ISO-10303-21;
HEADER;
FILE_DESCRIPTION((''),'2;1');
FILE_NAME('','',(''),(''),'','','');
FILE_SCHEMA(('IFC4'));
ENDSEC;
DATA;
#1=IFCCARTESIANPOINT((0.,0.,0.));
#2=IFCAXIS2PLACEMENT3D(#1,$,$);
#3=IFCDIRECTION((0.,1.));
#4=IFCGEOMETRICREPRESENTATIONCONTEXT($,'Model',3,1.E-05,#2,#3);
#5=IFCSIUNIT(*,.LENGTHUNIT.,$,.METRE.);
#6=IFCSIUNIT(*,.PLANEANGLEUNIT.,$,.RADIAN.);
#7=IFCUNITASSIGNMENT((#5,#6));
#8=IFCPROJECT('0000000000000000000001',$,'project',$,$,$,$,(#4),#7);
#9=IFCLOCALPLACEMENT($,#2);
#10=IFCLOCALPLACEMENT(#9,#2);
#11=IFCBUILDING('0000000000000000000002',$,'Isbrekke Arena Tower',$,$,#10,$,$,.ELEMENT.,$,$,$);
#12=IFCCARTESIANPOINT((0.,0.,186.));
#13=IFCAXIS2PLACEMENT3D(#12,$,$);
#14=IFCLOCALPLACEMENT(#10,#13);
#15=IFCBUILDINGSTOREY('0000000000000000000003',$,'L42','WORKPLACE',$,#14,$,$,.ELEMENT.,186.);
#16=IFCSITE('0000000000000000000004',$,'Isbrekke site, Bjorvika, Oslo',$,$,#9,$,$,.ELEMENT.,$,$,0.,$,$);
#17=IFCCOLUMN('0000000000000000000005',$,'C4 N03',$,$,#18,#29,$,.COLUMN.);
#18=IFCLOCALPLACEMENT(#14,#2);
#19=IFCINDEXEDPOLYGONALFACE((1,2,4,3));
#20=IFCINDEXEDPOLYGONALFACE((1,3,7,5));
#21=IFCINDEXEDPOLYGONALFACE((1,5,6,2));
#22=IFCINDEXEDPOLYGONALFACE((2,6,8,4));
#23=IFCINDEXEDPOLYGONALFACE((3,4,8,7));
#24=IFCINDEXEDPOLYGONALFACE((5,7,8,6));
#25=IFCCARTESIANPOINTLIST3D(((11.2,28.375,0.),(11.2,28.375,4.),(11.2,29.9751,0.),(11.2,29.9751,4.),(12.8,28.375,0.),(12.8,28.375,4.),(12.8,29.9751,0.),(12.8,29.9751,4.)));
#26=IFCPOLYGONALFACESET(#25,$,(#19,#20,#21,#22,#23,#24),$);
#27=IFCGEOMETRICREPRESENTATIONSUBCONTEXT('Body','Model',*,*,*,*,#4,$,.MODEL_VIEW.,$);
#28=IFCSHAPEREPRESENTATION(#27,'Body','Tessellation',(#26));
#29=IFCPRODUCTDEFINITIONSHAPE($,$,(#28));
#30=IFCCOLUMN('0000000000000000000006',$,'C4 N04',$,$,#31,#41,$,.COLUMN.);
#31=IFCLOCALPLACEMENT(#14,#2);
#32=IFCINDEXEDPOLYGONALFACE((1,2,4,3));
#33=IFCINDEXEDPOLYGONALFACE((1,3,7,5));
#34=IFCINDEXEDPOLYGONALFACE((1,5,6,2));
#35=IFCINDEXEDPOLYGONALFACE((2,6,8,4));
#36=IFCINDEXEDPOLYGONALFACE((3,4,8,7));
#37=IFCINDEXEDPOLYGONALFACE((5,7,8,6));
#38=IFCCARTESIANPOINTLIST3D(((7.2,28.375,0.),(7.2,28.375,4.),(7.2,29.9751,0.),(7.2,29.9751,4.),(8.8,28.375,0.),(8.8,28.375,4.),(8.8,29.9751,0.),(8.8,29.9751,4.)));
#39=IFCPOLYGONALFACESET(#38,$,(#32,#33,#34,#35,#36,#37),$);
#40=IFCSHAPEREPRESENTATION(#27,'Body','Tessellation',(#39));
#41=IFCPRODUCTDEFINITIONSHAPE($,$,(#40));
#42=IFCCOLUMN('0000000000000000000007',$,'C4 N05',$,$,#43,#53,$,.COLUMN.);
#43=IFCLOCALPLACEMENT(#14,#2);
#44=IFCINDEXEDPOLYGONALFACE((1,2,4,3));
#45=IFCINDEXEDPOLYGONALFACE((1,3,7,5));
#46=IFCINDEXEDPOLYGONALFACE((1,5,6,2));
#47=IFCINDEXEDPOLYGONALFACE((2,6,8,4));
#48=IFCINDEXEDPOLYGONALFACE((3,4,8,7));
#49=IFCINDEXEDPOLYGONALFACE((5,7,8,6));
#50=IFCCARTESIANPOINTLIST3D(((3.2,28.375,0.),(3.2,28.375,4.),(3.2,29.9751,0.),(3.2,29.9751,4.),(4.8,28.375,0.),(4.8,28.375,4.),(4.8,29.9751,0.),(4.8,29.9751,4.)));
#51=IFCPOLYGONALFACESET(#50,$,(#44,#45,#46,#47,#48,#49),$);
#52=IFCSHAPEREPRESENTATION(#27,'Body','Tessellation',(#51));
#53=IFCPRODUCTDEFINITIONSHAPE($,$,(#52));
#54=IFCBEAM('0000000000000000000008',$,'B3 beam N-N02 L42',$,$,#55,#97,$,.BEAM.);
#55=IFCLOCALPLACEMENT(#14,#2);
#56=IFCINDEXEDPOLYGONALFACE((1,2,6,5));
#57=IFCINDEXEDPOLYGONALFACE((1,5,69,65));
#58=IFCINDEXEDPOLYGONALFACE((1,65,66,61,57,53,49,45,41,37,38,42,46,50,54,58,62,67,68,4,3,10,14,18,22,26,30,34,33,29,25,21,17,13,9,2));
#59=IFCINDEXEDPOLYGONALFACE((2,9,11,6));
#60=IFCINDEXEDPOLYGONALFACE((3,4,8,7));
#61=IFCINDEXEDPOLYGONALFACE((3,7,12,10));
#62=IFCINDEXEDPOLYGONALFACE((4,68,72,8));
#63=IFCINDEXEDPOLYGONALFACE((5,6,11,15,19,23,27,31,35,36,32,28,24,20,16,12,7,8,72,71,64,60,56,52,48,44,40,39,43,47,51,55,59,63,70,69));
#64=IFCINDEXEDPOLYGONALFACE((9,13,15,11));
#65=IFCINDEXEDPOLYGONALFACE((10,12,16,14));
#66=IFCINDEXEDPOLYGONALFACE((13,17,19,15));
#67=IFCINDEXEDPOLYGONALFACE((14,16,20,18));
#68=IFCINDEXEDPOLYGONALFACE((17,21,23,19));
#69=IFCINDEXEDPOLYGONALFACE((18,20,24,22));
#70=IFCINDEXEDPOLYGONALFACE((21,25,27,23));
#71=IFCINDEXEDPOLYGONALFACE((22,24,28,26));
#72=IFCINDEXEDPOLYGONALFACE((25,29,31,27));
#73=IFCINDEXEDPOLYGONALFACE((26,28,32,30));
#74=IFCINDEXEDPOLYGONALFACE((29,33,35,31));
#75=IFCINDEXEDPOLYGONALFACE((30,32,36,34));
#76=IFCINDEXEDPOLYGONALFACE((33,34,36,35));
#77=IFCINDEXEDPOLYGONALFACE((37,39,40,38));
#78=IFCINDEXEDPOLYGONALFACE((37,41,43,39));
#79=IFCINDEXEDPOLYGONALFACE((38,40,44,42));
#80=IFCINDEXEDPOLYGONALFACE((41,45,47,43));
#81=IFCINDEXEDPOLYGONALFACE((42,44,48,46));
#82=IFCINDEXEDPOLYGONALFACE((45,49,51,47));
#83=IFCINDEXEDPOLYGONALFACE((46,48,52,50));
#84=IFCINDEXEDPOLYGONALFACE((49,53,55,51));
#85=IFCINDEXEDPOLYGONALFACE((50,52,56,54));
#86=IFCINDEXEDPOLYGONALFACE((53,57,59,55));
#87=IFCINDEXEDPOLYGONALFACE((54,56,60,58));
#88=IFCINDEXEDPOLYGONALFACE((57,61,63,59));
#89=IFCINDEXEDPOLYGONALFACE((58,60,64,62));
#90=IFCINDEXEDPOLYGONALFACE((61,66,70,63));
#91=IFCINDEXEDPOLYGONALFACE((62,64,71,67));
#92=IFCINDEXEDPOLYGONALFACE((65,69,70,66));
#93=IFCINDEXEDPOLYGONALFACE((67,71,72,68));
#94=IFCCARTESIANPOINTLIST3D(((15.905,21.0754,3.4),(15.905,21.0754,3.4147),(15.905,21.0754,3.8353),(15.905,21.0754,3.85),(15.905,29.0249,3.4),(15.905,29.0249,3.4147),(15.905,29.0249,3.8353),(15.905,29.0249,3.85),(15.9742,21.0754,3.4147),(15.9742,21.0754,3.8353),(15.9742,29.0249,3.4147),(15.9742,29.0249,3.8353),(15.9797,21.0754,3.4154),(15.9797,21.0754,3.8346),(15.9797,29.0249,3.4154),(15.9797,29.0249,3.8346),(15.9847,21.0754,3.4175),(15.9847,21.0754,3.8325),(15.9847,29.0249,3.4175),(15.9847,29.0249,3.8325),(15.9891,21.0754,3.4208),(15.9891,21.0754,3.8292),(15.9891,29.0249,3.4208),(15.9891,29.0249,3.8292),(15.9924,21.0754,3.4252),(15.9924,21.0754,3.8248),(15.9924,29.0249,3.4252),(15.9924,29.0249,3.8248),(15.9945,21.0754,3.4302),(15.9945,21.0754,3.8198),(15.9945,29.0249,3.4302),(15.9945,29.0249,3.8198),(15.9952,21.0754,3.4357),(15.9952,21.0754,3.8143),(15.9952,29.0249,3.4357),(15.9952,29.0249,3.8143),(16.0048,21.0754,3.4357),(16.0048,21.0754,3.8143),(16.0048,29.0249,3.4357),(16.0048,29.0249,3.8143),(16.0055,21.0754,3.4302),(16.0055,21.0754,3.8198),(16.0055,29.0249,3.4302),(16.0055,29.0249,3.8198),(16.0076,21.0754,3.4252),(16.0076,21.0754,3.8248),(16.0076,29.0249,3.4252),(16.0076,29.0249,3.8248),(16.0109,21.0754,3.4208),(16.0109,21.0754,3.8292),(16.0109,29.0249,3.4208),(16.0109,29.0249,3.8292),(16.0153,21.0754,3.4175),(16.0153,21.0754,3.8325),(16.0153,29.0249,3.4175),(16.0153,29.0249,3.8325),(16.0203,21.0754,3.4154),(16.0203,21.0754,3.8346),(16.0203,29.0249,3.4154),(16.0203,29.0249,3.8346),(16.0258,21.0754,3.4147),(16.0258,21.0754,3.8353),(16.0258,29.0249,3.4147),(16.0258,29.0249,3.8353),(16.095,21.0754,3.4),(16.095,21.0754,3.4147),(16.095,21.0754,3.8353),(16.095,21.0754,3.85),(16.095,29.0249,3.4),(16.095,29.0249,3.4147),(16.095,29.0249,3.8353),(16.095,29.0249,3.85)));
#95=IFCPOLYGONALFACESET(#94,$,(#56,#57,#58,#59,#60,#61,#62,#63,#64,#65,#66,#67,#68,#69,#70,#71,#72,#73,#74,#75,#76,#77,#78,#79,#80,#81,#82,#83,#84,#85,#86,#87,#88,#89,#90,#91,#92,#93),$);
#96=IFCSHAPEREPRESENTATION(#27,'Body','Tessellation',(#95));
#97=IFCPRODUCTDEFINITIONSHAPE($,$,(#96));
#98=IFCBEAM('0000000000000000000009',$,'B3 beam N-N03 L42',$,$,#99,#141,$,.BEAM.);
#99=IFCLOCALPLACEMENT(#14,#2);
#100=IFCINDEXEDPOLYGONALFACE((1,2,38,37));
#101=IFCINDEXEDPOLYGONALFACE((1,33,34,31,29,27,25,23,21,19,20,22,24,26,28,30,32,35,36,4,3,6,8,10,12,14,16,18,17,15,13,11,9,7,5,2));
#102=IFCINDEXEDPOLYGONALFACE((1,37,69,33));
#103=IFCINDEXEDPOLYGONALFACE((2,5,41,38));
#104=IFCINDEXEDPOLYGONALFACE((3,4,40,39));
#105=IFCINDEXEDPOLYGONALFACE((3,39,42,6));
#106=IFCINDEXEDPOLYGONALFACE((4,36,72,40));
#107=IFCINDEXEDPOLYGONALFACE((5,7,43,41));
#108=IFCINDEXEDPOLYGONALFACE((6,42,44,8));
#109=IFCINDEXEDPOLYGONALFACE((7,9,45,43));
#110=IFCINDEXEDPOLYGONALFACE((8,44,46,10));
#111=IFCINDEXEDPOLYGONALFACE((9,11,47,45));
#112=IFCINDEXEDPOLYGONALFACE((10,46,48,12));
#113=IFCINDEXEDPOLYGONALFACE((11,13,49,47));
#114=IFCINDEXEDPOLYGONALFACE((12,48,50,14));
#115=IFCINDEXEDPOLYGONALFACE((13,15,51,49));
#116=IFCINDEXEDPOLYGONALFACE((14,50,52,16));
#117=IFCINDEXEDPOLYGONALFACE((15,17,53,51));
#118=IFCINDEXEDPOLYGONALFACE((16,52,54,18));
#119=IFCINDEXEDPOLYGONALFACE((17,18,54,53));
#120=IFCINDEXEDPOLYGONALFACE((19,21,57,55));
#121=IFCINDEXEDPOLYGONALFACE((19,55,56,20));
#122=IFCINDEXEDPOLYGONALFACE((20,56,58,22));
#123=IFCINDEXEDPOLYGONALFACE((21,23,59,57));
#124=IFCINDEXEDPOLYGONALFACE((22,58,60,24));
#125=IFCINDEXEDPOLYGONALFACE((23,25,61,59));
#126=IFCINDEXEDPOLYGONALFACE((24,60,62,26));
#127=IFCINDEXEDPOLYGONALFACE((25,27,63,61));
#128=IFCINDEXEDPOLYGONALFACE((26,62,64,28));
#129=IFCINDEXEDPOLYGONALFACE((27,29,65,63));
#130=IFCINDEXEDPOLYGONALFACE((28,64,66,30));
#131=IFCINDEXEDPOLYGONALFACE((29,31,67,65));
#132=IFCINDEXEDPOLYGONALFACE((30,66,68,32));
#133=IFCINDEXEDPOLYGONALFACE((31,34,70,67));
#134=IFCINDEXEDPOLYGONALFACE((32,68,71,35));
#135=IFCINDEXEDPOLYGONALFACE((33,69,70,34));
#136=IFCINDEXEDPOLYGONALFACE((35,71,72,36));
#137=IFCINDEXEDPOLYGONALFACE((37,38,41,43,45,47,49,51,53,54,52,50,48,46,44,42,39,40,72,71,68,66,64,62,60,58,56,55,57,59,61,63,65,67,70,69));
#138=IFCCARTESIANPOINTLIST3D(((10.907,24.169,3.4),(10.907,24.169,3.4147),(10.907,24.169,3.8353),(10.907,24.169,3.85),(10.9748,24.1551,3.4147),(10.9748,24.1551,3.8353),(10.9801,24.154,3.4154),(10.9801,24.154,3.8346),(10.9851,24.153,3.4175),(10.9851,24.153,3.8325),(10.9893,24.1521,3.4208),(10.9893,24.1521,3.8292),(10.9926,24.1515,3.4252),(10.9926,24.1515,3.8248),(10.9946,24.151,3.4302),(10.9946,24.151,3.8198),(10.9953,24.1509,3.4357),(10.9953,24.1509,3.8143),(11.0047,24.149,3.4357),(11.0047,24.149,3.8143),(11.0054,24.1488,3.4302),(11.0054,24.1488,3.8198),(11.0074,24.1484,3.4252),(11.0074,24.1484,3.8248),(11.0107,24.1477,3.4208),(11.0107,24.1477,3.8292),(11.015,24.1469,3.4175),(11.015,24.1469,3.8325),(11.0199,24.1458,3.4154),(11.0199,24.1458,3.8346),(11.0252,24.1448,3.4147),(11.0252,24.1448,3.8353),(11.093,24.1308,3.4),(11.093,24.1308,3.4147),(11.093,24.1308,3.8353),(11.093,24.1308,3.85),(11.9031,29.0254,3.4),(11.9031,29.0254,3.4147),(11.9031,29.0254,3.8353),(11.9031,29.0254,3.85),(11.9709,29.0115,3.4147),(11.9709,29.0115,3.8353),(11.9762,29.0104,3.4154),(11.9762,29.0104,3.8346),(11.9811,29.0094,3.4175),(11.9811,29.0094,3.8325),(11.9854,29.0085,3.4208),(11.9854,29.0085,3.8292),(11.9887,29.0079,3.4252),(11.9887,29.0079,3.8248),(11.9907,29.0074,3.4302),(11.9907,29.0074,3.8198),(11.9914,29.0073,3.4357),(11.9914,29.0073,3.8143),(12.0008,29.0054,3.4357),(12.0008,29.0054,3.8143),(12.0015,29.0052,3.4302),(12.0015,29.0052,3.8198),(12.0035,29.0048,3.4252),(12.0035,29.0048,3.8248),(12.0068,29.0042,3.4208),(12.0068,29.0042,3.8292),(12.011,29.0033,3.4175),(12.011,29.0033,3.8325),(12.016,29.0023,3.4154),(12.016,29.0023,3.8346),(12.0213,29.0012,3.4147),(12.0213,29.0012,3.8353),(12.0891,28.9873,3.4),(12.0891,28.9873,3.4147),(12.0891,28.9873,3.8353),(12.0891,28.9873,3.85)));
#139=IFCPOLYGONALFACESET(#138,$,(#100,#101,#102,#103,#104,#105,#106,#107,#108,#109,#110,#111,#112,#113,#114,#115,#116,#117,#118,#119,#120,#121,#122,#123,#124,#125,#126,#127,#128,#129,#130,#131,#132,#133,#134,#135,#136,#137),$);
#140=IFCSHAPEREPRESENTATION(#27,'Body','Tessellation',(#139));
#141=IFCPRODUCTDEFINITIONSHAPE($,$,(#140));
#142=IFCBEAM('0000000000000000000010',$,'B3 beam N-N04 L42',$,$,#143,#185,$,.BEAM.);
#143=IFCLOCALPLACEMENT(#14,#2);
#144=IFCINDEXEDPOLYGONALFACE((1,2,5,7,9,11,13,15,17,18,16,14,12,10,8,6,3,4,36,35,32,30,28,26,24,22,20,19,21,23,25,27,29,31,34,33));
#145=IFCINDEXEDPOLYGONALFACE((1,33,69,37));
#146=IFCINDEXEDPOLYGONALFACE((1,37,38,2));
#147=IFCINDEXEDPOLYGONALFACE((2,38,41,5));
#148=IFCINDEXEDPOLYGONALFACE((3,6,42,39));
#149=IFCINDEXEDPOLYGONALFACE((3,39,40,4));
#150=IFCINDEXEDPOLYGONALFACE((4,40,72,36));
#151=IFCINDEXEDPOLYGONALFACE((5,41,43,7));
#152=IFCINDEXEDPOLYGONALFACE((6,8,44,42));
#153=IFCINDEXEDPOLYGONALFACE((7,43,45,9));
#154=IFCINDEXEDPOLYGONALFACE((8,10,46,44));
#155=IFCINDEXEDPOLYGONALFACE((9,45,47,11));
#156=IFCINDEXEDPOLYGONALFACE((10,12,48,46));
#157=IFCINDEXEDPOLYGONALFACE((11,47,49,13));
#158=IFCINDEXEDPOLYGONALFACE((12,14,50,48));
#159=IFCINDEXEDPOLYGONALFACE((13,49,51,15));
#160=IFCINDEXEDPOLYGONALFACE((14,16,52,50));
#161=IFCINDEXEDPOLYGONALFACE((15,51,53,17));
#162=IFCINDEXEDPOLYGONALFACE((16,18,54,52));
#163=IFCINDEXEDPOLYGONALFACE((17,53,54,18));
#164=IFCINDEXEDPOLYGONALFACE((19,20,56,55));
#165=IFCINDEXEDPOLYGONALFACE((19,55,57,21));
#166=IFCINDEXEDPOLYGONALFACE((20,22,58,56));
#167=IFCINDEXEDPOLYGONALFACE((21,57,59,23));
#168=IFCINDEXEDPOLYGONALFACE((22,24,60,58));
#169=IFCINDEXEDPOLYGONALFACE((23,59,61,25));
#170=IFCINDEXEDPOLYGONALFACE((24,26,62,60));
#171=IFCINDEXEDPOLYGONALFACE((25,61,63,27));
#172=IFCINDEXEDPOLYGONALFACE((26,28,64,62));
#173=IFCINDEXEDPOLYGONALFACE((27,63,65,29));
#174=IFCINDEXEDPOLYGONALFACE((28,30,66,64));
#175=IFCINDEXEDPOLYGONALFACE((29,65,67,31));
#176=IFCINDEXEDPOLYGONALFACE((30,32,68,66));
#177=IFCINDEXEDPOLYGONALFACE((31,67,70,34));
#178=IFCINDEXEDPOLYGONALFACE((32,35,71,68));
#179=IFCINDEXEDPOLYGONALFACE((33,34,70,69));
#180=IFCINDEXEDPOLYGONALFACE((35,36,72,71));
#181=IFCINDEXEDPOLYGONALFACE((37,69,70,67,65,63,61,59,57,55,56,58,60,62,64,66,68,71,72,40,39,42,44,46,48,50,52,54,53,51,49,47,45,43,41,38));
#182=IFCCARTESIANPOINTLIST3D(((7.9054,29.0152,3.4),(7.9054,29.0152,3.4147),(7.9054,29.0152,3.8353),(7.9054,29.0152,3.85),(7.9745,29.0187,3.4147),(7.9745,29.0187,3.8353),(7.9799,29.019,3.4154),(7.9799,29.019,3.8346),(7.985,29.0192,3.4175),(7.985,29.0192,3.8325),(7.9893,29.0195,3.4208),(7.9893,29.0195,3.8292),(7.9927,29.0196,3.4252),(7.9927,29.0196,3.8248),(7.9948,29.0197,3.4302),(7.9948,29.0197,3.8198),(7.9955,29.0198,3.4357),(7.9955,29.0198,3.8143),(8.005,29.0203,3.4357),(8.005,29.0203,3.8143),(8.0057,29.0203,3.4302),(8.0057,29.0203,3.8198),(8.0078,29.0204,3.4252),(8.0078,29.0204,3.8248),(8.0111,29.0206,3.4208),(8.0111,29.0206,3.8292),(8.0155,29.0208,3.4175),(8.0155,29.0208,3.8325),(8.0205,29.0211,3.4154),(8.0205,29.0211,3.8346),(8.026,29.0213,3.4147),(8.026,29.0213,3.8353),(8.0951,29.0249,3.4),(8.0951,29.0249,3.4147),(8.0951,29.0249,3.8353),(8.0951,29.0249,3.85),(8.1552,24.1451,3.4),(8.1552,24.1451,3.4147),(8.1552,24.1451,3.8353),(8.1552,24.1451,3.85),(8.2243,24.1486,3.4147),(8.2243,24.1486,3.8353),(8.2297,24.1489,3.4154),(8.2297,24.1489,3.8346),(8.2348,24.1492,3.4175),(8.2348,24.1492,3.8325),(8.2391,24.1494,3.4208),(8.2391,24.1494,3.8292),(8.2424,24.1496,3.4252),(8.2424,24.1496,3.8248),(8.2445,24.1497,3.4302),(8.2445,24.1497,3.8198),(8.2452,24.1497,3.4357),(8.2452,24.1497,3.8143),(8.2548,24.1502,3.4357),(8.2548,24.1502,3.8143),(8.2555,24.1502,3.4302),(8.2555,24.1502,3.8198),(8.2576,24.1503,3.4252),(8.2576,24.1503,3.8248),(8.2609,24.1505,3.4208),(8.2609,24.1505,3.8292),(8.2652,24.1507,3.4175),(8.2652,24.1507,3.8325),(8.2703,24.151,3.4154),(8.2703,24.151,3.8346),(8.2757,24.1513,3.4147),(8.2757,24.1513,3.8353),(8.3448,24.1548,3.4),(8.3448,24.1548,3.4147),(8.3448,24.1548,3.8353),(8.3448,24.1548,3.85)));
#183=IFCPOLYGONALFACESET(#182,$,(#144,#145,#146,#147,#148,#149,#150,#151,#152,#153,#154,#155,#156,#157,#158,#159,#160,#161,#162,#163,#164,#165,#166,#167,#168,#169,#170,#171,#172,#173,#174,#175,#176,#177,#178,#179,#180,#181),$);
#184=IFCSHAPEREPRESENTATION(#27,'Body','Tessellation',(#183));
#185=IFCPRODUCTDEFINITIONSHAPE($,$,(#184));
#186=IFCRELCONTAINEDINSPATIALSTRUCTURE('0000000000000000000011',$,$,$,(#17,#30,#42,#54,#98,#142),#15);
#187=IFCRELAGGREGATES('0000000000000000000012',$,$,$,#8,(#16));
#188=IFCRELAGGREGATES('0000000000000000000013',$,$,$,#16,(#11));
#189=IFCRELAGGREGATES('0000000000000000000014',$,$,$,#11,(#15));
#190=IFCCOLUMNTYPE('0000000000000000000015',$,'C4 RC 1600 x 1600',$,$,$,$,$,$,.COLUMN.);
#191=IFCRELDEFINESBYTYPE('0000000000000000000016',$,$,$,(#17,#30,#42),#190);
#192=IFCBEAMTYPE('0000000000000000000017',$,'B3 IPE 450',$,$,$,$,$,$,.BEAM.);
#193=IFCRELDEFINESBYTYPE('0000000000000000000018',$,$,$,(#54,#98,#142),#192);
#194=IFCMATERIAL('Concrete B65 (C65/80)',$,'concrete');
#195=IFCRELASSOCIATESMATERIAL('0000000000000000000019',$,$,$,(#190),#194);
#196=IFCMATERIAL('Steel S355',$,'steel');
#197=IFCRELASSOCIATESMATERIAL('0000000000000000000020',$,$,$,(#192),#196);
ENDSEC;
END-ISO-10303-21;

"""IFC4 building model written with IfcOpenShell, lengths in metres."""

from ifc_helpers import new_model, si_unit, direction, frame, origin, origin_2d, place, context, subcontext, project, spatial, rectangle, i_section, extrude, material, material_profile, profile_set, type_object, element, save


model = new_model("IFC4")

# Units and contexts
model_context = context("Model", 3, precision=1e-05, world=origin(), true_north=direction((0.0, 1.0)))
body_context = subcontext(model_context, "Body", "Model", "MODEL_VIEW")
ifc_project = project(units=[si_unit("LENGTHUNIT", "METRE"), si_unit("PLANEANGLEUNIT", "RADIAN")], contexts=[model_context])

# Site, building, storey
site_placement = place(None, origin())
site = spatial("IfcSite", under=ifc_project, at=site_placement, Name="Isbrekke site, Bjorvika, Oslo", CompositionType="ELEMENT", RefElevation=0.0)
building_placement = place(site_placement, origin())
building = spatial("IfcBuilding", under=site, at=building_placement, Name="Isbrekke Arena Tower", CompositionType="ELEMENT")
storey_placement = place(building_placement, frame((0.0, 0.0, 186.0)))
storey = spatial("IfcBuildingStorey", under=building, at=storey_placement, Name="L42", Description="WORKPLACE", CompositionType="ELEMENT", Elevation=186.0)

# Columns
ifc_material_1 = material(Name="Concrete B65 (C65/80)", Category="concrete")
ifc_material_profile_1 = material_profile(ifc_material_1, rectangle(XDim=1.6001, YDim=1.6001, at=origin_2d()), Name="RC 1600x1600")
ifc_profile_set_1 = profile_set([ifc_material_profile_1], Name="Concrete B65 (C65/80)")
column_type = type_object("IfcColumnType", Name="C4 RC 1600 x 1600", PredefinedType="COLUMN", material=ifc_profile_set_1)
for number, where, z_axis, x_axis, name in (
    (1, (12.0, 29.175, 0.0), (0.0, 0.0, 1.0), (-1.0, 0.0, 0.0), "C4 N03"),
    (2, (8.0, 29.175, 0.0), (0.0, 0.0, 1.0), (-1.0, 0.0, 0.0), "C4 N04"),
    (3, (4.0, 29.175, 0.0), (0.0, 0.0, 1.0), (-1.0, 0.0, 0.0), "C4 N05"),
):
    element("IfcColumn", number, at=place(storey_placement, frame(where, z_axis=z_axis, x_axis=x_axis)), inside=storey, type_object=column_type, Name=name, PredefinedType="COLUMN", context=body_context, shape_type="SweptSolid", body=[
        extrude(rectangle(XDim=1.6001, YDim=1.6001, at=origin_2d()), origin(), (0.0, 0.0, 1.0), 4.0),
    ])

# Beams
ifc_material_2 = material(Name="Steel S355", Category="steel")
ifc_material_profile_2 = material_profile(ifc_material_2, i_section(OverallWidth=0.1899, OverallDepth=0.45, WebThickness=0.0095, FlangeThickness=0.0146, FilletRadius=0.021, at=origin_2d()), Name="IPE 450")
ifc_profile_set_2 = profile_set([ifc_material_profile_2], Name="Steel S355")
beam_type_1 = type_object("IfcBeamType", Name="B3 IPE 450", PredefinedType="BEAM", material=ifc_profile_set_2)
beam_1_placement = place(storey_placement, frame((16.0, 29.0249, 3.625), z_axis=(0.0, -1.0, 0.0), x_axis=(1.0, 0.0, 0.0)))
element("IfcBeam", 4, at=beam_1_placement, inside=storey, type_object=beam_type_1, Name="B3 beam N-N02 L42", PredefinedType="BEAM", context=body_context, shape_type="SweptSolid", body=[
    extrude(i_section(OverallWidth=0.1899, OverallDepth=0.45, WebThickness=0.0095, FlangeThickness=0.0146, FilletRadius=0.021, at=origin_2d()), origin(), (0.0, 0.0, 1.0), 7.9495),
])
beam_2_placement = place(storey_placement, frame((11.9961, 29.0063, 3.625), z_axis=(-0.200925, -0.979607, 0.0), x_axis=(0.979607, -0.200925, 0.0)))
element("IfcBeam", 5, at=beam_2_placement, inside=storey, type_object=beam_type_1, Name="B3 beam N-N03 L42", PredefinedType="BEAM", context=body_context, shape_type="SweptSolid", body=[
    extrude(i_section(OverallWidth=0.1899, OverallDepth=0.45, WebThickness=0.0095, FlangeThickness=0.0146, FilletRadius=0.021, at=origin_2d()), origin(), (0.0, 0.0, 1.0), 4.9575),
])
beam_3_placement = place(storey_placement, frame((8.0002, 29.02, 3.625), z_axis=(0.051216, -0.998688, 0.0), x_axis=(0.998688, 0.051216, 0.0)))
element("IfcBeam", 6, at=beam_3_placement, inside=storey, type_object=beam_type_1, Name="B3 beam N-N04 L42", PredefinedType="BEAM", context=body_context, shape_type="SweptSolid", body=[
    extrude(i_section(OverallWidth=0.1899, OverallDepth=0.45, WebThickness=0.0095, FlangeThickness=0.0146, FilletRadius=0.021, at=origin_2d()), origin(), (0.0, 0.0, 1.0), 4.8765),
])

save(model, "model.ifc")
